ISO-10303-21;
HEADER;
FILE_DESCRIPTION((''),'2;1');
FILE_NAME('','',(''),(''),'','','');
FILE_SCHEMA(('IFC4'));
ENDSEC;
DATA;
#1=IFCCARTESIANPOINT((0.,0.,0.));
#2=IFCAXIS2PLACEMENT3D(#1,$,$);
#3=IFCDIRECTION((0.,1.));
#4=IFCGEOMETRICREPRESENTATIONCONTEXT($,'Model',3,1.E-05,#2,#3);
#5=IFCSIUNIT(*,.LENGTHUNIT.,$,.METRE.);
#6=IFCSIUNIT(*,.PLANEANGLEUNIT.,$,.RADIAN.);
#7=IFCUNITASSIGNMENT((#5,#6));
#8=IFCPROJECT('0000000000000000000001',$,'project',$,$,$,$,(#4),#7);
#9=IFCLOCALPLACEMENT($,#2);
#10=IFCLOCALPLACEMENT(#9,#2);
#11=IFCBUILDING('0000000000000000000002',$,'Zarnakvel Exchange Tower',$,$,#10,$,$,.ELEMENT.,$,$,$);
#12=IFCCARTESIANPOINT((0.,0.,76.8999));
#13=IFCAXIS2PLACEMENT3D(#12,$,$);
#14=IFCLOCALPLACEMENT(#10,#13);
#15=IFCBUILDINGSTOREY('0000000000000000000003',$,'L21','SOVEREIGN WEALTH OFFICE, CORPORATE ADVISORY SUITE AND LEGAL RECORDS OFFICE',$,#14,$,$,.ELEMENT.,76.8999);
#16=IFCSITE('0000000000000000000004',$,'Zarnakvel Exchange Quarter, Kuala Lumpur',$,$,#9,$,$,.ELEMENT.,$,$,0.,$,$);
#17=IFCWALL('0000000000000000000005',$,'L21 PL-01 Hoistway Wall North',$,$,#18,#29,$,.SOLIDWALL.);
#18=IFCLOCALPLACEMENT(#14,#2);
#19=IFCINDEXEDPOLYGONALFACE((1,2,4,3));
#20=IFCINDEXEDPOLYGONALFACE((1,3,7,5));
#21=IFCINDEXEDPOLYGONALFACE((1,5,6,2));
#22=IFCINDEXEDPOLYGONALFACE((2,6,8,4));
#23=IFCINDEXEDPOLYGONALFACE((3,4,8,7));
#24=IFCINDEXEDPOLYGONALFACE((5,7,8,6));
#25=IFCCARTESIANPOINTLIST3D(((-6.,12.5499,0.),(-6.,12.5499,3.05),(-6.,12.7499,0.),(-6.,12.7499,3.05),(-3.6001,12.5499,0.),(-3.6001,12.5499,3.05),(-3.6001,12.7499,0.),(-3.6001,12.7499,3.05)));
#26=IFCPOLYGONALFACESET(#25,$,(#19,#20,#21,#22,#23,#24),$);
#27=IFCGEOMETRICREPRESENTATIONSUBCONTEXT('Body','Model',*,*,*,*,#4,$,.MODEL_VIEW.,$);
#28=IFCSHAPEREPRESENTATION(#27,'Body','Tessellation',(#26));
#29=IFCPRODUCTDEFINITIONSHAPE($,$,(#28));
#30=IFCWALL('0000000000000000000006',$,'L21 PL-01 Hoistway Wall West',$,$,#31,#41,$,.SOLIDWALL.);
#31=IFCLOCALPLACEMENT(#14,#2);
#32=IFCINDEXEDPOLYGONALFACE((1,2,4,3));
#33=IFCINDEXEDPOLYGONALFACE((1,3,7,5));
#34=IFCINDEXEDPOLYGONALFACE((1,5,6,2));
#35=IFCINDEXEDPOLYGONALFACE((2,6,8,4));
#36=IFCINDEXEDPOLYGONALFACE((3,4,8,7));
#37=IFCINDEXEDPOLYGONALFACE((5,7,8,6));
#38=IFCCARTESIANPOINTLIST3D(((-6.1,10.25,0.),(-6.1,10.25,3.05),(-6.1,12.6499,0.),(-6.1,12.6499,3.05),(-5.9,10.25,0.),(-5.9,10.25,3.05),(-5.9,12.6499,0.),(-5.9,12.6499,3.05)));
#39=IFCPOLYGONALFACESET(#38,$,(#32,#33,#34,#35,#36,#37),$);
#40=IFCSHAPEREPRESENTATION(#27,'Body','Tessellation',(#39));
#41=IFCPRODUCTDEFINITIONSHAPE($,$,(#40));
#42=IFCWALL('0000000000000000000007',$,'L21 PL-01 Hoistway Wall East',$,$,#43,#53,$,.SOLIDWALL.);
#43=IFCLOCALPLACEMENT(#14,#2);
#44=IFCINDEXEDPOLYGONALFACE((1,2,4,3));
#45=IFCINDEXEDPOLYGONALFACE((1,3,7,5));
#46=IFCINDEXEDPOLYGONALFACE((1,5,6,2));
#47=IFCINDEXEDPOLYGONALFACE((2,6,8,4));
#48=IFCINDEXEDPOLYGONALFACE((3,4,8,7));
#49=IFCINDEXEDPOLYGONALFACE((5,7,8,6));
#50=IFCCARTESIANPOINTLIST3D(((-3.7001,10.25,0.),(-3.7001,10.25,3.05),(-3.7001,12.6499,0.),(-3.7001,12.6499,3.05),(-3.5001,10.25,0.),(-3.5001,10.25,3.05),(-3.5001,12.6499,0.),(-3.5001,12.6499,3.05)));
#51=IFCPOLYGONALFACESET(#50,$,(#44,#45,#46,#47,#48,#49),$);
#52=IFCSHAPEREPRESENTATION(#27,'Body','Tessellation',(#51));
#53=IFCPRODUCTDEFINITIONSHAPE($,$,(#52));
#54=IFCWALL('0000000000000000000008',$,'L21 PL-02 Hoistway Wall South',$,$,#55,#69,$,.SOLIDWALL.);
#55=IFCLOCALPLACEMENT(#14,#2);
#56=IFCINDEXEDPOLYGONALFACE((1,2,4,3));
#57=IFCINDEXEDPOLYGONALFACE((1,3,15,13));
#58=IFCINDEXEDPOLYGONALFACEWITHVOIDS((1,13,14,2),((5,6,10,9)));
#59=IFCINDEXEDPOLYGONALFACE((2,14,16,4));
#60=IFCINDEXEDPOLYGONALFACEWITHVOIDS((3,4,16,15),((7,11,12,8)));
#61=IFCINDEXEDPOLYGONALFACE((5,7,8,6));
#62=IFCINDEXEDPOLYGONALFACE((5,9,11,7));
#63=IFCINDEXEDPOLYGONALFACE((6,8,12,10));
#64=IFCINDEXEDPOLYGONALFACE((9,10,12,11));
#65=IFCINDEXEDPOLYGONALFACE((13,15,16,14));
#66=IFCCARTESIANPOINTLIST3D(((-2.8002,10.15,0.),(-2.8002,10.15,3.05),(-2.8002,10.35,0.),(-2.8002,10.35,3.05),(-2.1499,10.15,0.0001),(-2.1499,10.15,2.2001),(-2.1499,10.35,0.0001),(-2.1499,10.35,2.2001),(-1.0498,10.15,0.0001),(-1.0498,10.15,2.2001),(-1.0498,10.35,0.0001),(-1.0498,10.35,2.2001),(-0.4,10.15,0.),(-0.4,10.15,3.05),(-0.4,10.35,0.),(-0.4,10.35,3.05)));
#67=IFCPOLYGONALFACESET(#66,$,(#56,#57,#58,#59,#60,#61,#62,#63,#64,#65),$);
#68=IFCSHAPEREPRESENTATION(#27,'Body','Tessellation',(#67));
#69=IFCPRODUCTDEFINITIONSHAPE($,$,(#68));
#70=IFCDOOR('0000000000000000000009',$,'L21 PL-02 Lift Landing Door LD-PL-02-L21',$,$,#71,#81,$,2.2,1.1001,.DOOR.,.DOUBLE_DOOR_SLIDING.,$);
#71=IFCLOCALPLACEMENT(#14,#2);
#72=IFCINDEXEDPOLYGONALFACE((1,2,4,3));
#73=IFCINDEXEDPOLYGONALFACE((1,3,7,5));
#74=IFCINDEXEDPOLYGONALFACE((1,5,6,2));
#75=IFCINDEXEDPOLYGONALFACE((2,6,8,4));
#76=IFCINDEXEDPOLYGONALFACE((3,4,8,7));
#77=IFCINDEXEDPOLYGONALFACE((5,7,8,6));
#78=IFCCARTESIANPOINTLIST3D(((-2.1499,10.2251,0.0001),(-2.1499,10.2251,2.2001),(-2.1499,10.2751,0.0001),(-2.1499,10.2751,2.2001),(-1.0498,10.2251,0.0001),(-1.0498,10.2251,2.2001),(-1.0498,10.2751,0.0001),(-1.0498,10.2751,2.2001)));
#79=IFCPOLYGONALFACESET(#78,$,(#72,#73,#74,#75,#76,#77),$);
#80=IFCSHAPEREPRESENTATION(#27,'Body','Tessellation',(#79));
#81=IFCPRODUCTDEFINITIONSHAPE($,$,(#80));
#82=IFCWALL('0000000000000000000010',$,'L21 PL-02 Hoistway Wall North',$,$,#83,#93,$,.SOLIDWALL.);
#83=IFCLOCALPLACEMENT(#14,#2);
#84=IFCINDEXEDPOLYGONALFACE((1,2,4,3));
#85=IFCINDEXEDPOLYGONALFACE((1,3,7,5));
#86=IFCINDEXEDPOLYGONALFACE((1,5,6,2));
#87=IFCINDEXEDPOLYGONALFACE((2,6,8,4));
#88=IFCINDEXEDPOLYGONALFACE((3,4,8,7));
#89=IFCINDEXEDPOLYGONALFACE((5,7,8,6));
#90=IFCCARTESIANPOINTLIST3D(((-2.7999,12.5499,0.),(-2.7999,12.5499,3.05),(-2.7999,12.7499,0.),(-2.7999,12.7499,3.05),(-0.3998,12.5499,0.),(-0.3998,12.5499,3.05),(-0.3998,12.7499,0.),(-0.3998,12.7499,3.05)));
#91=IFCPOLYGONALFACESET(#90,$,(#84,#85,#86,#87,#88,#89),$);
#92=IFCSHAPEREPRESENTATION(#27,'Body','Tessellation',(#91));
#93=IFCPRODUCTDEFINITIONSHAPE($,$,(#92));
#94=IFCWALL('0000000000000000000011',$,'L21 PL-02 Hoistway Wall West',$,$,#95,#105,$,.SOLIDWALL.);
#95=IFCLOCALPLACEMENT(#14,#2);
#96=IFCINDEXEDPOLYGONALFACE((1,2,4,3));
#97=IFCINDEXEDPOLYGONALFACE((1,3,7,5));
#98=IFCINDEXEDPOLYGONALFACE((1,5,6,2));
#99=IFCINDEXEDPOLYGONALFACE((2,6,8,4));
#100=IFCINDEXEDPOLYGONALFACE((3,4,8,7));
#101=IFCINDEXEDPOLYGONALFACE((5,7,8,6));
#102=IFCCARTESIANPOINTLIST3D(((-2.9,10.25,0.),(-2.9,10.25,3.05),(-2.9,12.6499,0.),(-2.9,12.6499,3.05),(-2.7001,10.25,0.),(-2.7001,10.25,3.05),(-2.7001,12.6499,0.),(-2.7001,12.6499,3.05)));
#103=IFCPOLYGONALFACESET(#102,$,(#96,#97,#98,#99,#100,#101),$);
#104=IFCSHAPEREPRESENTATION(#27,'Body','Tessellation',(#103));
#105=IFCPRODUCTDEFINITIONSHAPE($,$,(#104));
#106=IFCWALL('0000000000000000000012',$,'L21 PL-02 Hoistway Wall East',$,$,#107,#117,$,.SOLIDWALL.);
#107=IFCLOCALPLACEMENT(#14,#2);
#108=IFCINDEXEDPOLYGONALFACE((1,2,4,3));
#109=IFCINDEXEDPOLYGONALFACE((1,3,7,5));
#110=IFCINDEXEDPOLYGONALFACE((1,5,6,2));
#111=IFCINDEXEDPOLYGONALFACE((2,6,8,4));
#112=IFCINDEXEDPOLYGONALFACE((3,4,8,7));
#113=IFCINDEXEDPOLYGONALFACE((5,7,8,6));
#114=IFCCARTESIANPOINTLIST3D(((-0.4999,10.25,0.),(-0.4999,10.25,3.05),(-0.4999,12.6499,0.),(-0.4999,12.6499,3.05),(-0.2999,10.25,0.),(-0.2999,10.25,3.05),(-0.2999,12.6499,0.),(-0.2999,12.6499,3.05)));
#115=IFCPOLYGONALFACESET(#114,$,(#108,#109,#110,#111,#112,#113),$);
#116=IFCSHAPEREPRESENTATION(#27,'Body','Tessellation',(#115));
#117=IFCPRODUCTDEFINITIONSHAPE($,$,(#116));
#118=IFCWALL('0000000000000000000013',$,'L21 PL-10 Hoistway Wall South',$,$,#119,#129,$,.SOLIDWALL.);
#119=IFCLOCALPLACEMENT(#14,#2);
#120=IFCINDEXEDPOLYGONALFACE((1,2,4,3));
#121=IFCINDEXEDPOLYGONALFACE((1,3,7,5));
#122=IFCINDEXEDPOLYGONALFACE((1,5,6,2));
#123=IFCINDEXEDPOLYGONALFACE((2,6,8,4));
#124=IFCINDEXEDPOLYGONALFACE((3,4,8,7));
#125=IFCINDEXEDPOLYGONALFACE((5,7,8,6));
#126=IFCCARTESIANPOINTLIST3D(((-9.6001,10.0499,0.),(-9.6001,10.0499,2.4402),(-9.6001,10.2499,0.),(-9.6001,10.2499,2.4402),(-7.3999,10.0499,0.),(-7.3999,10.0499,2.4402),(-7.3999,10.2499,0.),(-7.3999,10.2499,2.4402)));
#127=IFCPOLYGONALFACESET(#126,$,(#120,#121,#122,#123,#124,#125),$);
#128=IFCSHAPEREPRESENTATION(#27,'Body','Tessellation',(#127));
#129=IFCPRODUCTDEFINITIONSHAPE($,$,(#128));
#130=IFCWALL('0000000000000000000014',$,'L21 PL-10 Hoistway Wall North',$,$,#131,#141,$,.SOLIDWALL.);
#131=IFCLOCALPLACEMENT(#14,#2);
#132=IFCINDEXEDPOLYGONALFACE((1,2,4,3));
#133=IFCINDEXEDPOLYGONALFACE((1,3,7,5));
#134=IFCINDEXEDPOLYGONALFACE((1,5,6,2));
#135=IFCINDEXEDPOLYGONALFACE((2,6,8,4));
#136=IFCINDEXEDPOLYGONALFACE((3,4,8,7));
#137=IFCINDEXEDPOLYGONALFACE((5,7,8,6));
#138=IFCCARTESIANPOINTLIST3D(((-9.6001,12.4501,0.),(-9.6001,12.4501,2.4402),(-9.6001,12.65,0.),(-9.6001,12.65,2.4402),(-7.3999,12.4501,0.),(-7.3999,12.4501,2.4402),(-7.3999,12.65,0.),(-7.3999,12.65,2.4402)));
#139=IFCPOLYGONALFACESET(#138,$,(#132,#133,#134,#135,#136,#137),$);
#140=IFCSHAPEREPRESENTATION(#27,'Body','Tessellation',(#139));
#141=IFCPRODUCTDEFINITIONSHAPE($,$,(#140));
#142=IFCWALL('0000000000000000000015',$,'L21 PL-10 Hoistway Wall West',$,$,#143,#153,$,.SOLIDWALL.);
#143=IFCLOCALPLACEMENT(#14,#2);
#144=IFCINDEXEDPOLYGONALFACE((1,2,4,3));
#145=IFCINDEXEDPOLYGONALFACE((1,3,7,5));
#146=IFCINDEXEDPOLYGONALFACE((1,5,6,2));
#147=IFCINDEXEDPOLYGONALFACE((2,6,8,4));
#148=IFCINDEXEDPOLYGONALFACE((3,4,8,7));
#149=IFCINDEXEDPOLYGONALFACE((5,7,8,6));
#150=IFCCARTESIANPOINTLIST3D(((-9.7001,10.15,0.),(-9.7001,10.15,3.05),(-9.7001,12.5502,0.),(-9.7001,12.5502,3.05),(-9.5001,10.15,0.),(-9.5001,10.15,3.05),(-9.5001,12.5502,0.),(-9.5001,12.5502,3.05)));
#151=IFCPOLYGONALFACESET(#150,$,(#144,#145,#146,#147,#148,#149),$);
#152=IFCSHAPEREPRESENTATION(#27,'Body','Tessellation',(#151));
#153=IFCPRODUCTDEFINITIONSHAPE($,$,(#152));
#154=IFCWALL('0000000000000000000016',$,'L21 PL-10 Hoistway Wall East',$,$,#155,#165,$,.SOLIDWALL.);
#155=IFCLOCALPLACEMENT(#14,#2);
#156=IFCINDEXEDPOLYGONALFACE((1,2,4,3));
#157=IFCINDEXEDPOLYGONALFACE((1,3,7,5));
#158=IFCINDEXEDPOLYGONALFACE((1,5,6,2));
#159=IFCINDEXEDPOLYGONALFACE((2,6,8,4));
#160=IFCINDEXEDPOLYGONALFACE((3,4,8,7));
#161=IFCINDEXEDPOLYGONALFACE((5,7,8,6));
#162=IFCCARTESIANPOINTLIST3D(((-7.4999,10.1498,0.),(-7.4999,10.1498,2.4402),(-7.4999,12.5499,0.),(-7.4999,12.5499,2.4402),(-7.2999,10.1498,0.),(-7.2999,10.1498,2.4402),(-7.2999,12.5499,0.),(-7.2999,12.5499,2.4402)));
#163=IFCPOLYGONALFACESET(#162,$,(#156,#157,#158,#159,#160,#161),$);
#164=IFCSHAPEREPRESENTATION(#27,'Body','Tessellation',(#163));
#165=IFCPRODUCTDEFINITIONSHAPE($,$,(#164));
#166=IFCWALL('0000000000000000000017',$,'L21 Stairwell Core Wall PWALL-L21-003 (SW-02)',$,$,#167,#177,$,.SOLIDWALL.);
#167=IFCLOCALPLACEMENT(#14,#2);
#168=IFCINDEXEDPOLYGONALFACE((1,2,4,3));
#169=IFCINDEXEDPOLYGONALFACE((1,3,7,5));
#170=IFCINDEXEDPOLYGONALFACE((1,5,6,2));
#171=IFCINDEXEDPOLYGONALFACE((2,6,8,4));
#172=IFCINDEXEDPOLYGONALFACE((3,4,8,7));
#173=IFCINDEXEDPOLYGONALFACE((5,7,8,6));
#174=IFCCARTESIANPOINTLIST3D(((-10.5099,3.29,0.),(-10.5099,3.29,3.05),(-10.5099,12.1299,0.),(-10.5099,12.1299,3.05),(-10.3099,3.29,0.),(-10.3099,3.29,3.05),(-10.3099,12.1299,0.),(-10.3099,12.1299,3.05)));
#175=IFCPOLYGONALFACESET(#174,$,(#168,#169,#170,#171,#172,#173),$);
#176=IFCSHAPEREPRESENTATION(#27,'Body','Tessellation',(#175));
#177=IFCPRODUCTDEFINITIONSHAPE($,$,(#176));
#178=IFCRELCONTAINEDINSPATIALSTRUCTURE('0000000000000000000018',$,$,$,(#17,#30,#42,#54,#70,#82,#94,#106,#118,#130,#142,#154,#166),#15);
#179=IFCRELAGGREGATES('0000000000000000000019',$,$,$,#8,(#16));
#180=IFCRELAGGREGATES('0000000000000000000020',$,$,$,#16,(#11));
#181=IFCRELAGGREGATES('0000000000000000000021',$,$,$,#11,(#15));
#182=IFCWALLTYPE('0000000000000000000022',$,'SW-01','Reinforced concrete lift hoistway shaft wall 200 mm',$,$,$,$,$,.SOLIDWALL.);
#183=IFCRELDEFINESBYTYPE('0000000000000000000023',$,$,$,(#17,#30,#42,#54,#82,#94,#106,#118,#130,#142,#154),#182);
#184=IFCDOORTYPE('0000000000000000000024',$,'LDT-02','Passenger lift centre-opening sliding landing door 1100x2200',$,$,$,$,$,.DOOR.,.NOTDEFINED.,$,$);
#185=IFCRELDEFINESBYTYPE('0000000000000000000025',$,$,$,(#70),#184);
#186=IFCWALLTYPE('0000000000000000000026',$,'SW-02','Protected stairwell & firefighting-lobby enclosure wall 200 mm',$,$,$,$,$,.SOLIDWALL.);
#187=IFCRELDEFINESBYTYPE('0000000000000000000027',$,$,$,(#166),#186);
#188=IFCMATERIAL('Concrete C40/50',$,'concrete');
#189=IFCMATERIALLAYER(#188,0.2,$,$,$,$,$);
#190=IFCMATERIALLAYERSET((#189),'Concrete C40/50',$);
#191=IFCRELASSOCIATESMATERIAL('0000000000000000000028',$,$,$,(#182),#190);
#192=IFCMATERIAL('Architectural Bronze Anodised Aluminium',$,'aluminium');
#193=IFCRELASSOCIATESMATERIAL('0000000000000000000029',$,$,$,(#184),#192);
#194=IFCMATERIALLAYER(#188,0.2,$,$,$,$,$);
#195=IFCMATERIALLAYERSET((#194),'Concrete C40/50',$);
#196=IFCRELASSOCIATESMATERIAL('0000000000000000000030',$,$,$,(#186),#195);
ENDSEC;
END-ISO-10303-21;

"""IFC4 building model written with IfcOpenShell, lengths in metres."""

from ifc_helpers import new_model, si_unit, direction, frame, frame_2d, origin, place, context, subcontext, project, spatial, rectangle, extrude, source, transform, mapped, material, layer, layer_set, type_object, element, fill, save


model = new_model("IFC4")

# Units and contexts
model_context = context("Model", 3, precision=1e-05, world=origin(), true_north=direction((0.0, 1.0)))
body_context = subcontext(model_context, "Body", "Model", "MODEL_VIEW")
ifc_project = project(units=[si_unit("LENGTHUNIT", "METRE"), si_unit("PLANEANGLEUNIT", "RADIAN")], contexts=[model_context])

# Site, building, storey
site_placement = place(None, origin())
site = spatial("IfcSite", under=ifc_project, at=site_placement, Name="Zarnakvel Exchange Quarter, Kuala Lumpur", CompositionType="ELEMENT", RefElevation=0.0)
building_placement = place(site_placement, origin())
building = spatial("IfcBuilding", under=site, at=building_placement, Name="Zarnakvel Exchange Tower", CompositionType="ELEMENT")
storey_placement = place(building_placement, frame((0.0, 0.0, 76.8999)))
storey = spatial("IfcBuildingStorey", under=building, at=storey_placement, Name="L21", Description="SOVEREIGN WEALTH OFFICE, CORPORATE ADVISORY SUITE AND LEGAL RECORDS OFFICE", CompositionType="ELEMENT", Elevation=76.8999)

# Shared definitions
ifc_material_1 = material(Name="Architectural Bronze Anodised Aluminium", Category="aluminium")

# Shared definitions
ifc_material_2 = material(Name="Concrete C40/50", Category="concrete")
ifc_layer_1 = layer(ifc_material_2, 0.2)
ifc_layer_set_1 = layer_set([ifc_layer_1], Name="Concrete C40/50")
wall_type_1 = type_object("IfcWallType", Name="SW-01", Description="Reinforced concrete lift hoistway shaft wall 200 mm", PredefinedType="SOLIDWALL", material=ifc_layer_set_1)
door_type = type_object("IfcDoorType", Name="LDT-02", Description="Passenger lift centre-opening sliding landing door 1100x2200", OperationType="NOTDEFINED", PredefinedType="DOOR", material=ifc_material_1)
shared_shape_1 = source(origin(), body_context, "Body", "SweptSolid", [
    extrude(rectangle(XDim=1.1001, YDim=2.2, at=frame_2d((0.55, 1.1001))), frame((0.0, 0.0249, 0.0), z_axis=(0.0, -1.0, 0.0), x_axis=(1.0, 0.0, 0.0)), (0.0, 0.0, 1.0), 0.05),
])

# Walls
for number, where, z_axis, x_axis, name in (
    (1, (-6.0, 12.6499, 0.0), (0.0, 0.0, 1.0), (1.0, 0.0, 0.0), "L21 PL-01 Hoistway Wall North"),
    (2, (-6.0, 10.25, 0.0), (0.0, 0.0, 1.0), (0.0, 1.0, 0.0), "L21 PL-01 Hoistway Wall West"),
    (3, (-3.6001, 12.6499, 0.0), (0.0, 0.0, 1.0), (0.0, -1.0, 0.0), "L21 PL-01 Hoistway Wall East"),
):
    element("IfcWall", number, at=place(storey_placement, frame(where, z_axis=z_axis, x_axis=x_axis)), inside=storey, type_object=wall_type_1, Name=name, PredefinedType="SOLIDWALL", context=body_context, shape_type="SweptSolid", body=[
        extrude(rectangle(XDim=2.3999, YDim=0.2, at=frame_2d((1.2, 0.0))), origin(), (0.0, 0.0, 1.0), 3.05),
    ])

# Wall, opening, door
wall_1_placement = place(storey_placement, frame((-0.3999, 10.25, 0.0), z_axis=(0.0, 0.0, 1.0), x_axis=(-1.0, 0.0, 0.0)))
wall_1 = element("IfcWall", 4, at=wall_1_placement, inside=storey, type_object=wall_type_1, Name="L21 PL-02 Hoistway Wall South", PredefinedType="SOLIDWALL", context=body_context, shape_type="SweptSolid", body=[
    extrude(rectangle(XDim=2.4001, YDim=0.2, at=frame_2d((1.2002, 0.0))), origin(), (0.0, 0.0, 1.0), 3.05),
])
opening_1_placement = place(wall_1_placement, frame((0.6499, 0.0, 0.0)))
opening_1 = element("IfcOpeningElement", 5, at=opening_1_placement, cuts=wall_1, PredefinedType="OPENING", context=body_context, shape_type="SweptSolid", body=[
    extrude(rectangle(XDim=1.1001, YDim=2.2, at=frame_2d((0.55, 1.1001))), frame((0.0, 0.1099, 0.0), z_axis=(0.0, -1.0, 0.0), x_axis=(1.0, 0.0, 0.0)), (0.0, 0.0, 1.0), 0.22),
])
door_1_placement = place(opening_1_placement, origin())
door_1 = element("IfcDoor", 6, at=door_1_placement, inside=storey, type_object=door_type, Name="L21 PL-02 Lift Landing Door LD-PL-02-L21", OperationType="DOUBLE_DOOR_SLIDING", OverallHeight=2.2, OverallWidth=1.1001, PredefinedType="DOOR", context=body_context, shape_type="MappedRepresentation", body=[
    mapped(shared_shape_1, transform((0.0, 0.0, 0.0), x_axis=(1.0, 0.0, 0.0), y_axis=(0.0, 1.0, 0.0), z_axis=(0.0, 0.0, 1.0), scale=1.0)),
])
fill(opening_1, door_1)

# Walls
wall_2_placement = place(storey_placement, frame((-2.8, 12.6499, 0.0), z_axis=(0.0, 0.0, 1.0), x_axis=(1.0, 0.0, 0.0)))
element("IfcWall", 7, at=wall_2_placement, inside=storey, type_object=wall_type_1, Name="L21 PL-02 Hoistway Wall North", PredefinedType="SOLIDWALL", context=body_context, shape_type="SweptSolid", body=[
    extrude(rectangle(XDim=2.4001, YDim=0.2, at=frame_2d((1.2002, 0.0))), origin(), (0.0, 0.0, 1.0), 3.05),
])
for number, where, z_axis, x_axis, name in (
    (8, (-2.8, 10.25, 0.0), (0.0, 0.0, 1.0), (0.0, 1.0, 0.0), "L21 PL-02 Hoistway Wall West"),
    (9, (-0.3999, 12.6499, 0.0), (0.0, 0.0, 1.0), (0.0, -1.0, 0.0), "L21 PL-02 Hoistway Wall East"),
):
    element("IfcWall", number, at=place(storey_placement, frame(where, z_axis=z_axis, x_axis=x_axis)), inside=storey, type_object=wall_type_1, Name=name, PredefinedType="SOLIDWALL", context=body_context, shape_type="SweptSolid", body=[
        extrude(rectangle(XDim=2.3999, YDim=0.2, at=frame_2d((1.2, 0.0))), origin(), (0.0, 0.0, 1.0), 3.05),
    ])
for number, where, z_axis, x_axis, name in (
    (10, (-7.3999, 10.1499, 0.0), (0.0, 0.0, 1.0), (-1.0, 0.0, 0.0), "L21 PL-10 Hoistway Wall South"),
    (11, (-9.6001, 12.55, 0.0), (0.0, 0.0, 1.0), (1.0, 0.0, 0.0), "L21 PL-10 Hoistway Wall North"),
):
    element("IfcWall", number, at=place(storey_placement, frame(where, z_axis=z_axis, x_axis=x_axis)), inside=storey, type_object=wall_type_1, Name=name, PredefinedType="SOLIDWALL", context=body_context, shape_type="SweptSolid", body=[
        extrude(rectangle(XDim=2.2002, YDim=0.2, at=frame_2d((1.1001, 0.0))), origin(), (0.0, 0.0, 1.0), 2.4402),
    ])
wall_3_placement = place(storey_placement, frame((-9.6001, 10.1499, 0.0), z_axis=(0.0, 0.0, 1.0), x_axis=(0.0, 1.0, 0.0)))
element("IfcWall", 12, at=wall_3_placement, inside=storey, type_object=wall_type_1, Name="L21 PL-10 Hoistway Wall West", PredefinedType="SOLIDWALL", context=body_context, shape_type="SweptSolid", body=[
    extrude(rectangle(XDim=2.4001, YDim=0.2, at=frame_2d((1.2002, 0.0))), origin(), (0.0, 0.0, 1.0), 3.05),
])
wall_4_placement = place(storey_placement, frame((-7.3999, 12.55, 0.0), z_axis=(0.0, 0.0, 1.0), x_axis=(0.0, -1.0, 0.0)))
element("IfcWall", 13, at=wall_4_placement, inside=storey, type_object=wall_type_1, Name="L21 PL-10 Hoistway Wall East", PredefinedType="SOLIDWALL", context=body_context, shape_type="SweptSolid", body=[
    extrude(rectangle(XDim=2.4001, YDim=0.2, at=frame_2d((1.2002, 0.0))), origin(), (0.0, 0.0, 1.0), 2.4402),
])
ifc_layer_2 = layer(ifc_material_2, 0.2)
ifc_layer_set_2 = layer_set([ifc_layer_2], Name="Concrete C40/50")
wall_type_2 = type_object("IfcWallType", Name="SW-02", Description="Protected stairwell & firefighting-lobby enclosure wall 200 mm", PredefinedType="SOLIDWALL", material=ifc_layer_set_2)
wall_5_placement = place(storey_placement, frame((-10.4099, 12.1299, 0.0), z_axis=(0.0, 0.0, 1.0), x_axis=(0.0, -1.0, 0.0)))
element("IfcWall", 14, at=wall_5_placement, inside=storey, type_object=wall_type_2, Name="L21 Stairwell Core Wall PWALL-L21-003 (SW-02)", PredefinedType="SOLIDWALL", context=body_context, shape_type="SweptSolid", body=[
    extrude(rectangle(XDim=8.8398, YDim=0.2, at=frame_2d((4.4199, 0.0))), origin(), (0.0, 0.0, 1.0), 3.05),
])

save(model, "model.ifc")
